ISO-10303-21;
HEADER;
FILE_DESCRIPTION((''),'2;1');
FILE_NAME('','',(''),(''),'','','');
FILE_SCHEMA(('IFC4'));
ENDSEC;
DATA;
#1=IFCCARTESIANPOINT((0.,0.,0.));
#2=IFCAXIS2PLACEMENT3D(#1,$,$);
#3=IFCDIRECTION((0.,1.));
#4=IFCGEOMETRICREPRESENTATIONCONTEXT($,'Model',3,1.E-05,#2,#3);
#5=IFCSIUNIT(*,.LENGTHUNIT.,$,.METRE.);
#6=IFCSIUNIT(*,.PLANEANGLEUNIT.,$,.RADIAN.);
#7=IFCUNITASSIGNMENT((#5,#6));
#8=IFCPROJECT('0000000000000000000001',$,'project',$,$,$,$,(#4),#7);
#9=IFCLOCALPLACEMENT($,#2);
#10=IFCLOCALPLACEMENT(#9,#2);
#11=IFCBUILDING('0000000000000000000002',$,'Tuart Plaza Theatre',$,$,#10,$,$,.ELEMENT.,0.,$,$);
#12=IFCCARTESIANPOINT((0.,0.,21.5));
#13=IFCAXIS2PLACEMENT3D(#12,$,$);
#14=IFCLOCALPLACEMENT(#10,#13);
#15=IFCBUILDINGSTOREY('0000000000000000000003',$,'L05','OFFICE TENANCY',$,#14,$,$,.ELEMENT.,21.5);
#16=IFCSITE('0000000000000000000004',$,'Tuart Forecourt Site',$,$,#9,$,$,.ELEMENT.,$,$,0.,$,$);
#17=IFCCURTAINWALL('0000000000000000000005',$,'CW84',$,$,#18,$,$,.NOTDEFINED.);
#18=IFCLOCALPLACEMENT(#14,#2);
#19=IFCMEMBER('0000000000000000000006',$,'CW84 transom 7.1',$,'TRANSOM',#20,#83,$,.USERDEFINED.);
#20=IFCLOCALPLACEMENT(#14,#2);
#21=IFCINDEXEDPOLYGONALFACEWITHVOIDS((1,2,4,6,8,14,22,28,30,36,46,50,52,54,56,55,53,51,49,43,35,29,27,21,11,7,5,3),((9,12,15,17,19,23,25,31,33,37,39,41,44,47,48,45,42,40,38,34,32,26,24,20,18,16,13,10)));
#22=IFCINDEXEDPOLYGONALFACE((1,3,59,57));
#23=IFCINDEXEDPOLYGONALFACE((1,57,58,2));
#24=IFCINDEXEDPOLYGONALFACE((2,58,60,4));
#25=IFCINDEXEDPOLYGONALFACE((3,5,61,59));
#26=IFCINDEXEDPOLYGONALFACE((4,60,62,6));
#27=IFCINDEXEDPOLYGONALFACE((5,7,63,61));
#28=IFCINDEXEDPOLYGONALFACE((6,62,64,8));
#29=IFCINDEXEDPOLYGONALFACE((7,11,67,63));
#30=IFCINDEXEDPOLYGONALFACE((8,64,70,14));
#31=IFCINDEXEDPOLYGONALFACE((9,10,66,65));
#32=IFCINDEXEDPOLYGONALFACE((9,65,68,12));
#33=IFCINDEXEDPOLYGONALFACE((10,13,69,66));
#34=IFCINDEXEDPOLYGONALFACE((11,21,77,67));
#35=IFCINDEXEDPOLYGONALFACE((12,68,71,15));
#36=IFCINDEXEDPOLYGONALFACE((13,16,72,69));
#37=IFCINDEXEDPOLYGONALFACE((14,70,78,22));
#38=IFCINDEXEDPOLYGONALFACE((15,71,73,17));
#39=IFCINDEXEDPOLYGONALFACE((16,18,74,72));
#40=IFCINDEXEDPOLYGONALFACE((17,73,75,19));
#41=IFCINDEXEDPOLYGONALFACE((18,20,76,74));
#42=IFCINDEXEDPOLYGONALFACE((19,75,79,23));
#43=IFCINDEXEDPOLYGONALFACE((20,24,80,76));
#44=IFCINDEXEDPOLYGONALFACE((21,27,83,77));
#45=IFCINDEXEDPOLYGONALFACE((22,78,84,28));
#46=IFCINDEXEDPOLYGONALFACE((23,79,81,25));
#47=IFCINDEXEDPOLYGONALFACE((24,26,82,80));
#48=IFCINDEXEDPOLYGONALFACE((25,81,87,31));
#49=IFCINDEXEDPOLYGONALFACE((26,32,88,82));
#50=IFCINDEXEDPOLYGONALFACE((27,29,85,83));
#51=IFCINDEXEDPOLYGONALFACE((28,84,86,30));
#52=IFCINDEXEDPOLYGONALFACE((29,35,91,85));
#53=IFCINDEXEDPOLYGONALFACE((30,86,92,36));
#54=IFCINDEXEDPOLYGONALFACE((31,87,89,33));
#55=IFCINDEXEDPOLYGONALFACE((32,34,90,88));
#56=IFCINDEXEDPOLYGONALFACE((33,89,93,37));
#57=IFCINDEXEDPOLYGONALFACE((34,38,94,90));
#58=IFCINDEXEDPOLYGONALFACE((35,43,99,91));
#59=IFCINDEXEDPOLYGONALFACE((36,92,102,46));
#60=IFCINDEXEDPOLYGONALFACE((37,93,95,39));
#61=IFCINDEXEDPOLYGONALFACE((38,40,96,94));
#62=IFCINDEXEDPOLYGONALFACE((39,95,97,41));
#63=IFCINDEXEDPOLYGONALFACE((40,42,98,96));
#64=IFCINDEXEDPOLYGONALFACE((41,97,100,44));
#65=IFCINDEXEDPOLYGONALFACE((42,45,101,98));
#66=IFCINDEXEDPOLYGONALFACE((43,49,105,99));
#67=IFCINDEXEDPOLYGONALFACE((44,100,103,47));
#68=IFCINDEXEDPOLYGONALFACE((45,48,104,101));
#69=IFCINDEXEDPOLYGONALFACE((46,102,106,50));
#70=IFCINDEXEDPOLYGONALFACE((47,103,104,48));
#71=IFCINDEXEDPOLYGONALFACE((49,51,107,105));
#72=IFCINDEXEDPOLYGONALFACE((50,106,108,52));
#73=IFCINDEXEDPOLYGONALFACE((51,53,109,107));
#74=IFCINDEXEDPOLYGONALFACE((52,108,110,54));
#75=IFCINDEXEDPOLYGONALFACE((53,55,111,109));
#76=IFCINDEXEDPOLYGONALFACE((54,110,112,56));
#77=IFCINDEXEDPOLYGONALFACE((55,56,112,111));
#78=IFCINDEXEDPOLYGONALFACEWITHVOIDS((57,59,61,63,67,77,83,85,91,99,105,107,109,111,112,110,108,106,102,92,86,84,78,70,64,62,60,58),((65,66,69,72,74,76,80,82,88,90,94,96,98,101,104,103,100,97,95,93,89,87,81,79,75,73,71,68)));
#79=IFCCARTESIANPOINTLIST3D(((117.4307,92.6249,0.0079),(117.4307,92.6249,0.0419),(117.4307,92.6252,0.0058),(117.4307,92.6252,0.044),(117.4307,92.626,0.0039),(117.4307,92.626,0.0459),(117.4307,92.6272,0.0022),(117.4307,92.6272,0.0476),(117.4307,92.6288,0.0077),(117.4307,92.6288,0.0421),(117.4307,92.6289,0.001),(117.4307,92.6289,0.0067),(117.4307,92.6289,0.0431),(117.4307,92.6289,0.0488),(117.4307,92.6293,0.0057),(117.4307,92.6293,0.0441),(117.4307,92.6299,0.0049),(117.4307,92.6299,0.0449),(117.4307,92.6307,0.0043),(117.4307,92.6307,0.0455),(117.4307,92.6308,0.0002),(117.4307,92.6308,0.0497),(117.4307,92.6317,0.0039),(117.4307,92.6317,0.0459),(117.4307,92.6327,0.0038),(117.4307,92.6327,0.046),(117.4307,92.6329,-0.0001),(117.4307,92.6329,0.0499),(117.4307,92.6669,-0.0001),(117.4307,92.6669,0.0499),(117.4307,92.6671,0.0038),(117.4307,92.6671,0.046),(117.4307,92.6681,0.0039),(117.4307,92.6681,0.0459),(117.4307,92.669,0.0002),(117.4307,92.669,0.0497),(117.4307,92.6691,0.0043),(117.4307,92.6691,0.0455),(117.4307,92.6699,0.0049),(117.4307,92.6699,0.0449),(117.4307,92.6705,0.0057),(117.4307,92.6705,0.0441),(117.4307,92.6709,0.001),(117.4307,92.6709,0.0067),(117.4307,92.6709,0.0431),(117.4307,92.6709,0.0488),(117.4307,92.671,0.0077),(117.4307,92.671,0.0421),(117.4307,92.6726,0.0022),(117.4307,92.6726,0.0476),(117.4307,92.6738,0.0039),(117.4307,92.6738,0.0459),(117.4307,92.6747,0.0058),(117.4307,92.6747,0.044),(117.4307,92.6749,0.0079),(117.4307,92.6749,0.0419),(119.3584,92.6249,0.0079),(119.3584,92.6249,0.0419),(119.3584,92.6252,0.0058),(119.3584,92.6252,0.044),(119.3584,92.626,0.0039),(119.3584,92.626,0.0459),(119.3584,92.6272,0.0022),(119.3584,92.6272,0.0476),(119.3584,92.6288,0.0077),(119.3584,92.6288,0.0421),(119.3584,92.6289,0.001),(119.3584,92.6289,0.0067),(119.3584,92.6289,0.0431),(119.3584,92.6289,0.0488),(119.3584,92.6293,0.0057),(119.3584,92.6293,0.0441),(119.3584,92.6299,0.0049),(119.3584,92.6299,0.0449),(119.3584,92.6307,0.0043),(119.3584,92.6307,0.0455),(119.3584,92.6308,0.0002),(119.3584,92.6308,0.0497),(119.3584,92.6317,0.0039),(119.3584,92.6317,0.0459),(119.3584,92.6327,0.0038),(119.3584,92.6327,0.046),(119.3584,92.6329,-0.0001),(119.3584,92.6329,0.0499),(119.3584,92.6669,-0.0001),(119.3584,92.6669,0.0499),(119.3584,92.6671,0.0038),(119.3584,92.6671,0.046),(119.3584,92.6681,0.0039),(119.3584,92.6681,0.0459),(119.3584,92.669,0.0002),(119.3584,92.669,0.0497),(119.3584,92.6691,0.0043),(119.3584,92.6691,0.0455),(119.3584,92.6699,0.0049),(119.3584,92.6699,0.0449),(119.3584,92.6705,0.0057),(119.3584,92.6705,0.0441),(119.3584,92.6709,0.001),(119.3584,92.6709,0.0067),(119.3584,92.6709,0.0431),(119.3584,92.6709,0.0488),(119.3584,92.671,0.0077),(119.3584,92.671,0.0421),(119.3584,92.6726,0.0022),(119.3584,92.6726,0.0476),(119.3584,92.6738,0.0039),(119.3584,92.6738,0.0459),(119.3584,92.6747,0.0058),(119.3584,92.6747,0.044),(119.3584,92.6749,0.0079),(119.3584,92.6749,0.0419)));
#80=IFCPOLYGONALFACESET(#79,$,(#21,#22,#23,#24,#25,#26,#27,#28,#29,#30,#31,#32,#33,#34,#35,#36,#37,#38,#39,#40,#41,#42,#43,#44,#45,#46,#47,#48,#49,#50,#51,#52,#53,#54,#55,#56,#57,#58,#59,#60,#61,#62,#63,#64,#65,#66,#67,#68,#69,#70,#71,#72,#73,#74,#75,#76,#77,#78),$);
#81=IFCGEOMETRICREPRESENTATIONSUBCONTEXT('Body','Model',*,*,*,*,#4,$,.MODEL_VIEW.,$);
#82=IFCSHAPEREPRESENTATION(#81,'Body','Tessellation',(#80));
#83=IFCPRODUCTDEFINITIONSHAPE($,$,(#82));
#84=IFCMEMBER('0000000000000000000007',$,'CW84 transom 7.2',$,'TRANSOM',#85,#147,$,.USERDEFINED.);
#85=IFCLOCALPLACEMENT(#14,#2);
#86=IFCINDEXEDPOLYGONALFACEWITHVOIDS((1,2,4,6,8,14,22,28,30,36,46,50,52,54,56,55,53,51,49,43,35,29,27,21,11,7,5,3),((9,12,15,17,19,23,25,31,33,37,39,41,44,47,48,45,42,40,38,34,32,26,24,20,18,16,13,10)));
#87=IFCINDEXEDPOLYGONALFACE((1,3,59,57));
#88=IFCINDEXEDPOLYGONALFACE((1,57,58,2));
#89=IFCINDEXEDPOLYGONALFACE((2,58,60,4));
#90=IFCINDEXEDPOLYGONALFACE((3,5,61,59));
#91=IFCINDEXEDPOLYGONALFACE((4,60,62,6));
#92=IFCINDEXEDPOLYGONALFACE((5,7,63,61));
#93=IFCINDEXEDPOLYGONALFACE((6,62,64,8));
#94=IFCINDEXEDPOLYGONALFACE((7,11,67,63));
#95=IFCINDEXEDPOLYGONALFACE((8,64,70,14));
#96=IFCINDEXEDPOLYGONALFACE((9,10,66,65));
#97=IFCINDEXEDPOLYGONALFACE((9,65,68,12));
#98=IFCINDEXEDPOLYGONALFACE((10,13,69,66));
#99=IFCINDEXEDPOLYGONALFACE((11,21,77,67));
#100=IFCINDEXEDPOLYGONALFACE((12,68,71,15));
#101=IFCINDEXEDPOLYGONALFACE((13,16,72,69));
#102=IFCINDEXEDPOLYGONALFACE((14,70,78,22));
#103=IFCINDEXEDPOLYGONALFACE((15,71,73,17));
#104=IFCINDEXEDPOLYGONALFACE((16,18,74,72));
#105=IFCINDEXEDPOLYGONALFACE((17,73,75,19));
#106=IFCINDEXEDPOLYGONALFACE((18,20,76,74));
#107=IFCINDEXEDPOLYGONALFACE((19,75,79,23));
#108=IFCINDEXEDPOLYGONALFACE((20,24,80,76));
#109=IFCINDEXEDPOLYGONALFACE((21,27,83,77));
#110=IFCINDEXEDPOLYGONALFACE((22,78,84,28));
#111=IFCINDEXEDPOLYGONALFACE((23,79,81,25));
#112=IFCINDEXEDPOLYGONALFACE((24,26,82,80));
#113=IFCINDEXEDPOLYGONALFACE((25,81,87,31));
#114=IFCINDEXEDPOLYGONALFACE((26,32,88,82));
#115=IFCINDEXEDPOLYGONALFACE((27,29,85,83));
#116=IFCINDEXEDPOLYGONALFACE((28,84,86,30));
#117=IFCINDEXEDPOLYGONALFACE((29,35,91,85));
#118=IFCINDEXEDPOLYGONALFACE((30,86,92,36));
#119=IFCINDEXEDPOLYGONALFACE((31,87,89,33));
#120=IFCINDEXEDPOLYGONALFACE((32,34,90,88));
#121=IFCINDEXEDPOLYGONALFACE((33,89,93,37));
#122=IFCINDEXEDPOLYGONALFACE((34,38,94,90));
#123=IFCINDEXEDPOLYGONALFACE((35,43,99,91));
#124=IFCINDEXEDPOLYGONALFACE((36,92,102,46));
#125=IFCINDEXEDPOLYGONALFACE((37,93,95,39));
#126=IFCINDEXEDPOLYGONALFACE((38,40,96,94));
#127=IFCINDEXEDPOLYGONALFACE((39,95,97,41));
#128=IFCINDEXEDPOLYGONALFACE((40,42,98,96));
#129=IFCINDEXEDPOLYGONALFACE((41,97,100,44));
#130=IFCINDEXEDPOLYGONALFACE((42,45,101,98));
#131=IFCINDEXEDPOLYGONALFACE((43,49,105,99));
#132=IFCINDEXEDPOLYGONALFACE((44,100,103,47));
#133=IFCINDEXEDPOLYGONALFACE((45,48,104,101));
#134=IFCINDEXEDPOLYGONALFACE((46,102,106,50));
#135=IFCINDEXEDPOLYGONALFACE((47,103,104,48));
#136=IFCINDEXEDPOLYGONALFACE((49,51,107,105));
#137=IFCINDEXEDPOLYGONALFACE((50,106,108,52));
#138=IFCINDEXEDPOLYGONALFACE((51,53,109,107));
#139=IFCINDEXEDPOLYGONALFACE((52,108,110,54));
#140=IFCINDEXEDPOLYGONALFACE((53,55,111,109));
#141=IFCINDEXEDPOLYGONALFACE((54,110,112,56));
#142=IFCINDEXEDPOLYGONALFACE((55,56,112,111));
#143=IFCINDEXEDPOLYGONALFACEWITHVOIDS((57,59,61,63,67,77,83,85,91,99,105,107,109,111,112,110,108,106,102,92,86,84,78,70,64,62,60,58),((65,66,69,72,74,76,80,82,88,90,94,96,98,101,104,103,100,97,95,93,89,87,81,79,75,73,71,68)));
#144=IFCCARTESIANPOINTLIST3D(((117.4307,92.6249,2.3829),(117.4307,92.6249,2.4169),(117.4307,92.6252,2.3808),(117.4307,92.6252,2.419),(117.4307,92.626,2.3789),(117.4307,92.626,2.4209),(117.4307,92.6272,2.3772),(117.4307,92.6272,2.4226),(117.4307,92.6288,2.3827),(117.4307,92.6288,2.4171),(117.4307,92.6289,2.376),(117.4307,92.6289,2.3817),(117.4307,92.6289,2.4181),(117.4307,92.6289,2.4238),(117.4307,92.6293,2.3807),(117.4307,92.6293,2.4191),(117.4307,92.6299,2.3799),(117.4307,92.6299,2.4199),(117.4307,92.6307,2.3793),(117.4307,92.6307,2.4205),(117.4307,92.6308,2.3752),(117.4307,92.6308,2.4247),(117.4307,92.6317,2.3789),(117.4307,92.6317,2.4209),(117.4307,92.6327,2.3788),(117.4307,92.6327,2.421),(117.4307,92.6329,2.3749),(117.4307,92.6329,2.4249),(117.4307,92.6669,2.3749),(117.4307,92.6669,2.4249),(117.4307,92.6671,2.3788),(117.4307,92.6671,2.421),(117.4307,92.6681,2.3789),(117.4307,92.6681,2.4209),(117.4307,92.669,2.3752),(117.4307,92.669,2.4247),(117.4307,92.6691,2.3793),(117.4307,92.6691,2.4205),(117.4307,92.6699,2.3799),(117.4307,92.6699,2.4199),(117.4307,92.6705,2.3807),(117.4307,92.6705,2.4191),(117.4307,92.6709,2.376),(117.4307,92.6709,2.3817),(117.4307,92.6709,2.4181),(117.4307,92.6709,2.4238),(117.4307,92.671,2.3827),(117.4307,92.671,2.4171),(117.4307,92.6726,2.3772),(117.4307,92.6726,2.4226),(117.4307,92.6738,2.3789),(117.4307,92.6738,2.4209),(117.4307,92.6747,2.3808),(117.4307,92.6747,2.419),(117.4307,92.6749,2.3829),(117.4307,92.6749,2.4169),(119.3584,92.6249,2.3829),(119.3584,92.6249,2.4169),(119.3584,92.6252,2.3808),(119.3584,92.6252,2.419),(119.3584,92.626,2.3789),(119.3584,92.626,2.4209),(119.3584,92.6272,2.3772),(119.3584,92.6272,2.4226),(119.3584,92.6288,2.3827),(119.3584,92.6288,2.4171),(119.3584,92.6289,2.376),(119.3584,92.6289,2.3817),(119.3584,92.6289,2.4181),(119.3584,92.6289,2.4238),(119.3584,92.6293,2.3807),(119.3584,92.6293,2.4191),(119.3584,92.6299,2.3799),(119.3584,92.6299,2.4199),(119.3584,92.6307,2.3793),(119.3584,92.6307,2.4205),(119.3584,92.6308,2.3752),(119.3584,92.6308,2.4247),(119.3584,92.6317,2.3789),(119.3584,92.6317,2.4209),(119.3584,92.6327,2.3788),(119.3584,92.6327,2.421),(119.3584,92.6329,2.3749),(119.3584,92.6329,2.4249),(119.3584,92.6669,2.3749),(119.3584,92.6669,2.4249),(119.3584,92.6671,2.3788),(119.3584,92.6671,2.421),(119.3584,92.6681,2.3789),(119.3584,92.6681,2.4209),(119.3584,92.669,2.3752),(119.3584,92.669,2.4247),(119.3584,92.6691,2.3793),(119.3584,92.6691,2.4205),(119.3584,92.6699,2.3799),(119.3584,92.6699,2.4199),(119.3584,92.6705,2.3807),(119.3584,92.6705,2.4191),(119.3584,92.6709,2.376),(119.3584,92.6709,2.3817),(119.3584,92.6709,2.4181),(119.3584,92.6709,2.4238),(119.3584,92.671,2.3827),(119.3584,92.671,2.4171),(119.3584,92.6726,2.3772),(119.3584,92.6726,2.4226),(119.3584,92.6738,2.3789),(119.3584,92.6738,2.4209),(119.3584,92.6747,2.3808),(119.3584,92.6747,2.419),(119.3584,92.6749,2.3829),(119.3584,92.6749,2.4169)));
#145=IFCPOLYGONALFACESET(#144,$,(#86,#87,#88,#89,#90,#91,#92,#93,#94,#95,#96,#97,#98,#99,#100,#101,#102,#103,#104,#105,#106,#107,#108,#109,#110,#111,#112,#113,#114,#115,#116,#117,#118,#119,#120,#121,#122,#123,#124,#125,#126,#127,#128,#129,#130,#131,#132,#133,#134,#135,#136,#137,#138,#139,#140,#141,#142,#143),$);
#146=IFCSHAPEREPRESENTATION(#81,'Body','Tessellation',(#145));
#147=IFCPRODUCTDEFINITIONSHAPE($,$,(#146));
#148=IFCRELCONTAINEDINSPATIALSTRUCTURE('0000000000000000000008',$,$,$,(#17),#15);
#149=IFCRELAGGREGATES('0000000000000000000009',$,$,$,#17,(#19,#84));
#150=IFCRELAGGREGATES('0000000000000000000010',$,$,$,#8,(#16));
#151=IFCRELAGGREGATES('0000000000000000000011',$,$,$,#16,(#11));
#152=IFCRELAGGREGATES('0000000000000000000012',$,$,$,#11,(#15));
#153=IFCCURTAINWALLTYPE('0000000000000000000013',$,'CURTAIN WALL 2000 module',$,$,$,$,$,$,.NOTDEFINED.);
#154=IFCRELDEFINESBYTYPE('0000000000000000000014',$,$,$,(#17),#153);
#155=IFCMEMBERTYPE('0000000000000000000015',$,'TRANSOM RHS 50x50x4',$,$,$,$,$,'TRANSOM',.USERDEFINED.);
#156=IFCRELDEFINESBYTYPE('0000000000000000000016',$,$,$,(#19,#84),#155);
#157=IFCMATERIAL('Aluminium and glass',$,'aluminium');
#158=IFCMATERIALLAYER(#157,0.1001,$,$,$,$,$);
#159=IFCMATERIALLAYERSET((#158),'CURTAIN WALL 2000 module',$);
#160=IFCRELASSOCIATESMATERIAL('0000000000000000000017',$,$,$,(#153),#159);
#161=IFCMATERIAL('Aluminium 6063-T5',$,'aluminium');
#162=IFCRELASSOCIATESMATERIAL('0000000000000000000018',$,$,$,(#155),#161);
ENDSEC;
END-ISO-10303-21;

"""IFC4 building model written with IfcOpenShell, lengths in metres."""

from ifc_helpers import new_model, si_unit, direction, frame, origin, origin_2d, place, context, subcontext, project, spatial, hollow_rectangle, extrude, material, layer, layer_set, material_profile, profile_set, type_object, element, aggregate, save


model = new_model("IFC4")

# Units and contexts
model_context = context("Model", 3, precision=1e-05, world=origin(), true_north=direction((0.0, 1.0)))
body_context = subcontext(model_context, "Body", "Model", "MODEL_VIEW")
ifc_project = project(units=[si_unit("LENGTHUNIT", "METRE"), si_unit("PLANEANGLEUNIT", "RADIAN")], contexts=[model_context])

# Site, building, storey
site_placement = place(None, origin())
site = spatial("IfcSite", under=ifc_project, at=site_placement, Name="Tuart Forecourt Site", CompositionType="ELEMENT", RefElevation=0.0)
building_placement = place(site_placement, origin())
building = spatial("IfcBuilding", under=site, at=building_placement, Name="Tuart Plaza Theatre", CompositionType="ELEMENT", ElevationOfRefHeight=0.0)
storey_placement = place(building_placement, frame((0.0, 0.0, 21.5)))
storey = spatial("IfcBuildingStorey", under=building, at=storey_placement, Name="L05", Description="OFFICE TENANCY", CompositionType="ELEMENT", Elevation=21.5)

# Curtain wall, members
ifc_material_1 = material(Name="Aluminium and glass", Category="aluminium")
ifc_layer_1 = layer(ifc_material_1, 0.1001)
ifc_layer_set_1 = layer_set([ifc_layer_1], Name="CURTAIN WALL 2000 module")
curtain_wall_type = type_object("IfcCurtainWallType", Name="CURTAIN WALL 2000 module", PredefinedType="NOTDEFINED", material=ifc_layer_set_1)
curtain_wall_placement = place(storey_placement, origin())
curtain_wall = element("IfcCurtainWall", 1, at=curtain_wall_placement, inside=storey, type_object=curtain_wall_type, Name="CW84", PredefinedType="NOTDEFINED")
ifc_material_2 = material(Name="Aluminium 6063-T5", Category="aluminium")
ifc_material_profile_1 = material_profile(ifc_material_2, hollow_rectangle(XDim=0.05, YDim=0.05, WallThickness=0.0039, InnerFilletRadius=0.0039, OuterFilletRadius=0.0081, at=origin_2d()), Name="RHS 50x50x4")
ifc_profile_set_1 = profile_set([ifc_material_profile_1], Name="Aluminium 6063-T5")
member_type_1 = type_object("IfcMemberType", Name="TRANSOM RHS 50x50x4", ElementType="TRANSOM", PredefinedType="USERDEFINED", material=ifc_profile_set_1)
member_1_placement = place(storey_placement, frame((119.3584, 92.6499, 0.0249), z_axis=(-1.0, 0.0, 0.0), x_axis=(0.0, -1.0, 0.0)))
member_1 = element("IfcMember", 2, at=member_1_placement, type_object=member_type_1, Name="CW84 transom 7.1", ObjectType="TRANSOM", PredefinedType="USERDEFINED", context=body_context, shape_type="SweptSolid", body=[
    extrude(hollow_rectangle(XDim=0.05, YDim=0.05, WallThickness=0.0039, InnerFilletRadius=0.0039, OuterFilletRadius=0.0081, at=origin_2d()), origin(), (0.0, 0.0, 1.0), 1.9277),
])
member_2_placement = place(storey_placement, frame((119.3584, 92.6499, 2.3999), z_axis=(-1.0, 0.0, 0.0), x_axis=(0.0, -1.0, 0.0)))
member_2 = element("IfcMember", 3, at=member_2_placement, type_object=member_type_1, Name="CW84 transom 7.2", ObjectType="TRANSOM", PredefinedType="USERDEFINED", context=body_context, shape_type="SweptSolid", body=[
    extrude(hollow_rectangle(XDim=0.05, YDim=0.05, WallThickness=0.0039, InnerFilletRadius=0.0039, OuterFilletRadius=0.0081, at=origin_2d()), origin(), (0.0, 0.0, 1.0), 1.9277),
])
aggregate(curtain_wall, [member_1, member_2])

save(model, "model.ifc")
